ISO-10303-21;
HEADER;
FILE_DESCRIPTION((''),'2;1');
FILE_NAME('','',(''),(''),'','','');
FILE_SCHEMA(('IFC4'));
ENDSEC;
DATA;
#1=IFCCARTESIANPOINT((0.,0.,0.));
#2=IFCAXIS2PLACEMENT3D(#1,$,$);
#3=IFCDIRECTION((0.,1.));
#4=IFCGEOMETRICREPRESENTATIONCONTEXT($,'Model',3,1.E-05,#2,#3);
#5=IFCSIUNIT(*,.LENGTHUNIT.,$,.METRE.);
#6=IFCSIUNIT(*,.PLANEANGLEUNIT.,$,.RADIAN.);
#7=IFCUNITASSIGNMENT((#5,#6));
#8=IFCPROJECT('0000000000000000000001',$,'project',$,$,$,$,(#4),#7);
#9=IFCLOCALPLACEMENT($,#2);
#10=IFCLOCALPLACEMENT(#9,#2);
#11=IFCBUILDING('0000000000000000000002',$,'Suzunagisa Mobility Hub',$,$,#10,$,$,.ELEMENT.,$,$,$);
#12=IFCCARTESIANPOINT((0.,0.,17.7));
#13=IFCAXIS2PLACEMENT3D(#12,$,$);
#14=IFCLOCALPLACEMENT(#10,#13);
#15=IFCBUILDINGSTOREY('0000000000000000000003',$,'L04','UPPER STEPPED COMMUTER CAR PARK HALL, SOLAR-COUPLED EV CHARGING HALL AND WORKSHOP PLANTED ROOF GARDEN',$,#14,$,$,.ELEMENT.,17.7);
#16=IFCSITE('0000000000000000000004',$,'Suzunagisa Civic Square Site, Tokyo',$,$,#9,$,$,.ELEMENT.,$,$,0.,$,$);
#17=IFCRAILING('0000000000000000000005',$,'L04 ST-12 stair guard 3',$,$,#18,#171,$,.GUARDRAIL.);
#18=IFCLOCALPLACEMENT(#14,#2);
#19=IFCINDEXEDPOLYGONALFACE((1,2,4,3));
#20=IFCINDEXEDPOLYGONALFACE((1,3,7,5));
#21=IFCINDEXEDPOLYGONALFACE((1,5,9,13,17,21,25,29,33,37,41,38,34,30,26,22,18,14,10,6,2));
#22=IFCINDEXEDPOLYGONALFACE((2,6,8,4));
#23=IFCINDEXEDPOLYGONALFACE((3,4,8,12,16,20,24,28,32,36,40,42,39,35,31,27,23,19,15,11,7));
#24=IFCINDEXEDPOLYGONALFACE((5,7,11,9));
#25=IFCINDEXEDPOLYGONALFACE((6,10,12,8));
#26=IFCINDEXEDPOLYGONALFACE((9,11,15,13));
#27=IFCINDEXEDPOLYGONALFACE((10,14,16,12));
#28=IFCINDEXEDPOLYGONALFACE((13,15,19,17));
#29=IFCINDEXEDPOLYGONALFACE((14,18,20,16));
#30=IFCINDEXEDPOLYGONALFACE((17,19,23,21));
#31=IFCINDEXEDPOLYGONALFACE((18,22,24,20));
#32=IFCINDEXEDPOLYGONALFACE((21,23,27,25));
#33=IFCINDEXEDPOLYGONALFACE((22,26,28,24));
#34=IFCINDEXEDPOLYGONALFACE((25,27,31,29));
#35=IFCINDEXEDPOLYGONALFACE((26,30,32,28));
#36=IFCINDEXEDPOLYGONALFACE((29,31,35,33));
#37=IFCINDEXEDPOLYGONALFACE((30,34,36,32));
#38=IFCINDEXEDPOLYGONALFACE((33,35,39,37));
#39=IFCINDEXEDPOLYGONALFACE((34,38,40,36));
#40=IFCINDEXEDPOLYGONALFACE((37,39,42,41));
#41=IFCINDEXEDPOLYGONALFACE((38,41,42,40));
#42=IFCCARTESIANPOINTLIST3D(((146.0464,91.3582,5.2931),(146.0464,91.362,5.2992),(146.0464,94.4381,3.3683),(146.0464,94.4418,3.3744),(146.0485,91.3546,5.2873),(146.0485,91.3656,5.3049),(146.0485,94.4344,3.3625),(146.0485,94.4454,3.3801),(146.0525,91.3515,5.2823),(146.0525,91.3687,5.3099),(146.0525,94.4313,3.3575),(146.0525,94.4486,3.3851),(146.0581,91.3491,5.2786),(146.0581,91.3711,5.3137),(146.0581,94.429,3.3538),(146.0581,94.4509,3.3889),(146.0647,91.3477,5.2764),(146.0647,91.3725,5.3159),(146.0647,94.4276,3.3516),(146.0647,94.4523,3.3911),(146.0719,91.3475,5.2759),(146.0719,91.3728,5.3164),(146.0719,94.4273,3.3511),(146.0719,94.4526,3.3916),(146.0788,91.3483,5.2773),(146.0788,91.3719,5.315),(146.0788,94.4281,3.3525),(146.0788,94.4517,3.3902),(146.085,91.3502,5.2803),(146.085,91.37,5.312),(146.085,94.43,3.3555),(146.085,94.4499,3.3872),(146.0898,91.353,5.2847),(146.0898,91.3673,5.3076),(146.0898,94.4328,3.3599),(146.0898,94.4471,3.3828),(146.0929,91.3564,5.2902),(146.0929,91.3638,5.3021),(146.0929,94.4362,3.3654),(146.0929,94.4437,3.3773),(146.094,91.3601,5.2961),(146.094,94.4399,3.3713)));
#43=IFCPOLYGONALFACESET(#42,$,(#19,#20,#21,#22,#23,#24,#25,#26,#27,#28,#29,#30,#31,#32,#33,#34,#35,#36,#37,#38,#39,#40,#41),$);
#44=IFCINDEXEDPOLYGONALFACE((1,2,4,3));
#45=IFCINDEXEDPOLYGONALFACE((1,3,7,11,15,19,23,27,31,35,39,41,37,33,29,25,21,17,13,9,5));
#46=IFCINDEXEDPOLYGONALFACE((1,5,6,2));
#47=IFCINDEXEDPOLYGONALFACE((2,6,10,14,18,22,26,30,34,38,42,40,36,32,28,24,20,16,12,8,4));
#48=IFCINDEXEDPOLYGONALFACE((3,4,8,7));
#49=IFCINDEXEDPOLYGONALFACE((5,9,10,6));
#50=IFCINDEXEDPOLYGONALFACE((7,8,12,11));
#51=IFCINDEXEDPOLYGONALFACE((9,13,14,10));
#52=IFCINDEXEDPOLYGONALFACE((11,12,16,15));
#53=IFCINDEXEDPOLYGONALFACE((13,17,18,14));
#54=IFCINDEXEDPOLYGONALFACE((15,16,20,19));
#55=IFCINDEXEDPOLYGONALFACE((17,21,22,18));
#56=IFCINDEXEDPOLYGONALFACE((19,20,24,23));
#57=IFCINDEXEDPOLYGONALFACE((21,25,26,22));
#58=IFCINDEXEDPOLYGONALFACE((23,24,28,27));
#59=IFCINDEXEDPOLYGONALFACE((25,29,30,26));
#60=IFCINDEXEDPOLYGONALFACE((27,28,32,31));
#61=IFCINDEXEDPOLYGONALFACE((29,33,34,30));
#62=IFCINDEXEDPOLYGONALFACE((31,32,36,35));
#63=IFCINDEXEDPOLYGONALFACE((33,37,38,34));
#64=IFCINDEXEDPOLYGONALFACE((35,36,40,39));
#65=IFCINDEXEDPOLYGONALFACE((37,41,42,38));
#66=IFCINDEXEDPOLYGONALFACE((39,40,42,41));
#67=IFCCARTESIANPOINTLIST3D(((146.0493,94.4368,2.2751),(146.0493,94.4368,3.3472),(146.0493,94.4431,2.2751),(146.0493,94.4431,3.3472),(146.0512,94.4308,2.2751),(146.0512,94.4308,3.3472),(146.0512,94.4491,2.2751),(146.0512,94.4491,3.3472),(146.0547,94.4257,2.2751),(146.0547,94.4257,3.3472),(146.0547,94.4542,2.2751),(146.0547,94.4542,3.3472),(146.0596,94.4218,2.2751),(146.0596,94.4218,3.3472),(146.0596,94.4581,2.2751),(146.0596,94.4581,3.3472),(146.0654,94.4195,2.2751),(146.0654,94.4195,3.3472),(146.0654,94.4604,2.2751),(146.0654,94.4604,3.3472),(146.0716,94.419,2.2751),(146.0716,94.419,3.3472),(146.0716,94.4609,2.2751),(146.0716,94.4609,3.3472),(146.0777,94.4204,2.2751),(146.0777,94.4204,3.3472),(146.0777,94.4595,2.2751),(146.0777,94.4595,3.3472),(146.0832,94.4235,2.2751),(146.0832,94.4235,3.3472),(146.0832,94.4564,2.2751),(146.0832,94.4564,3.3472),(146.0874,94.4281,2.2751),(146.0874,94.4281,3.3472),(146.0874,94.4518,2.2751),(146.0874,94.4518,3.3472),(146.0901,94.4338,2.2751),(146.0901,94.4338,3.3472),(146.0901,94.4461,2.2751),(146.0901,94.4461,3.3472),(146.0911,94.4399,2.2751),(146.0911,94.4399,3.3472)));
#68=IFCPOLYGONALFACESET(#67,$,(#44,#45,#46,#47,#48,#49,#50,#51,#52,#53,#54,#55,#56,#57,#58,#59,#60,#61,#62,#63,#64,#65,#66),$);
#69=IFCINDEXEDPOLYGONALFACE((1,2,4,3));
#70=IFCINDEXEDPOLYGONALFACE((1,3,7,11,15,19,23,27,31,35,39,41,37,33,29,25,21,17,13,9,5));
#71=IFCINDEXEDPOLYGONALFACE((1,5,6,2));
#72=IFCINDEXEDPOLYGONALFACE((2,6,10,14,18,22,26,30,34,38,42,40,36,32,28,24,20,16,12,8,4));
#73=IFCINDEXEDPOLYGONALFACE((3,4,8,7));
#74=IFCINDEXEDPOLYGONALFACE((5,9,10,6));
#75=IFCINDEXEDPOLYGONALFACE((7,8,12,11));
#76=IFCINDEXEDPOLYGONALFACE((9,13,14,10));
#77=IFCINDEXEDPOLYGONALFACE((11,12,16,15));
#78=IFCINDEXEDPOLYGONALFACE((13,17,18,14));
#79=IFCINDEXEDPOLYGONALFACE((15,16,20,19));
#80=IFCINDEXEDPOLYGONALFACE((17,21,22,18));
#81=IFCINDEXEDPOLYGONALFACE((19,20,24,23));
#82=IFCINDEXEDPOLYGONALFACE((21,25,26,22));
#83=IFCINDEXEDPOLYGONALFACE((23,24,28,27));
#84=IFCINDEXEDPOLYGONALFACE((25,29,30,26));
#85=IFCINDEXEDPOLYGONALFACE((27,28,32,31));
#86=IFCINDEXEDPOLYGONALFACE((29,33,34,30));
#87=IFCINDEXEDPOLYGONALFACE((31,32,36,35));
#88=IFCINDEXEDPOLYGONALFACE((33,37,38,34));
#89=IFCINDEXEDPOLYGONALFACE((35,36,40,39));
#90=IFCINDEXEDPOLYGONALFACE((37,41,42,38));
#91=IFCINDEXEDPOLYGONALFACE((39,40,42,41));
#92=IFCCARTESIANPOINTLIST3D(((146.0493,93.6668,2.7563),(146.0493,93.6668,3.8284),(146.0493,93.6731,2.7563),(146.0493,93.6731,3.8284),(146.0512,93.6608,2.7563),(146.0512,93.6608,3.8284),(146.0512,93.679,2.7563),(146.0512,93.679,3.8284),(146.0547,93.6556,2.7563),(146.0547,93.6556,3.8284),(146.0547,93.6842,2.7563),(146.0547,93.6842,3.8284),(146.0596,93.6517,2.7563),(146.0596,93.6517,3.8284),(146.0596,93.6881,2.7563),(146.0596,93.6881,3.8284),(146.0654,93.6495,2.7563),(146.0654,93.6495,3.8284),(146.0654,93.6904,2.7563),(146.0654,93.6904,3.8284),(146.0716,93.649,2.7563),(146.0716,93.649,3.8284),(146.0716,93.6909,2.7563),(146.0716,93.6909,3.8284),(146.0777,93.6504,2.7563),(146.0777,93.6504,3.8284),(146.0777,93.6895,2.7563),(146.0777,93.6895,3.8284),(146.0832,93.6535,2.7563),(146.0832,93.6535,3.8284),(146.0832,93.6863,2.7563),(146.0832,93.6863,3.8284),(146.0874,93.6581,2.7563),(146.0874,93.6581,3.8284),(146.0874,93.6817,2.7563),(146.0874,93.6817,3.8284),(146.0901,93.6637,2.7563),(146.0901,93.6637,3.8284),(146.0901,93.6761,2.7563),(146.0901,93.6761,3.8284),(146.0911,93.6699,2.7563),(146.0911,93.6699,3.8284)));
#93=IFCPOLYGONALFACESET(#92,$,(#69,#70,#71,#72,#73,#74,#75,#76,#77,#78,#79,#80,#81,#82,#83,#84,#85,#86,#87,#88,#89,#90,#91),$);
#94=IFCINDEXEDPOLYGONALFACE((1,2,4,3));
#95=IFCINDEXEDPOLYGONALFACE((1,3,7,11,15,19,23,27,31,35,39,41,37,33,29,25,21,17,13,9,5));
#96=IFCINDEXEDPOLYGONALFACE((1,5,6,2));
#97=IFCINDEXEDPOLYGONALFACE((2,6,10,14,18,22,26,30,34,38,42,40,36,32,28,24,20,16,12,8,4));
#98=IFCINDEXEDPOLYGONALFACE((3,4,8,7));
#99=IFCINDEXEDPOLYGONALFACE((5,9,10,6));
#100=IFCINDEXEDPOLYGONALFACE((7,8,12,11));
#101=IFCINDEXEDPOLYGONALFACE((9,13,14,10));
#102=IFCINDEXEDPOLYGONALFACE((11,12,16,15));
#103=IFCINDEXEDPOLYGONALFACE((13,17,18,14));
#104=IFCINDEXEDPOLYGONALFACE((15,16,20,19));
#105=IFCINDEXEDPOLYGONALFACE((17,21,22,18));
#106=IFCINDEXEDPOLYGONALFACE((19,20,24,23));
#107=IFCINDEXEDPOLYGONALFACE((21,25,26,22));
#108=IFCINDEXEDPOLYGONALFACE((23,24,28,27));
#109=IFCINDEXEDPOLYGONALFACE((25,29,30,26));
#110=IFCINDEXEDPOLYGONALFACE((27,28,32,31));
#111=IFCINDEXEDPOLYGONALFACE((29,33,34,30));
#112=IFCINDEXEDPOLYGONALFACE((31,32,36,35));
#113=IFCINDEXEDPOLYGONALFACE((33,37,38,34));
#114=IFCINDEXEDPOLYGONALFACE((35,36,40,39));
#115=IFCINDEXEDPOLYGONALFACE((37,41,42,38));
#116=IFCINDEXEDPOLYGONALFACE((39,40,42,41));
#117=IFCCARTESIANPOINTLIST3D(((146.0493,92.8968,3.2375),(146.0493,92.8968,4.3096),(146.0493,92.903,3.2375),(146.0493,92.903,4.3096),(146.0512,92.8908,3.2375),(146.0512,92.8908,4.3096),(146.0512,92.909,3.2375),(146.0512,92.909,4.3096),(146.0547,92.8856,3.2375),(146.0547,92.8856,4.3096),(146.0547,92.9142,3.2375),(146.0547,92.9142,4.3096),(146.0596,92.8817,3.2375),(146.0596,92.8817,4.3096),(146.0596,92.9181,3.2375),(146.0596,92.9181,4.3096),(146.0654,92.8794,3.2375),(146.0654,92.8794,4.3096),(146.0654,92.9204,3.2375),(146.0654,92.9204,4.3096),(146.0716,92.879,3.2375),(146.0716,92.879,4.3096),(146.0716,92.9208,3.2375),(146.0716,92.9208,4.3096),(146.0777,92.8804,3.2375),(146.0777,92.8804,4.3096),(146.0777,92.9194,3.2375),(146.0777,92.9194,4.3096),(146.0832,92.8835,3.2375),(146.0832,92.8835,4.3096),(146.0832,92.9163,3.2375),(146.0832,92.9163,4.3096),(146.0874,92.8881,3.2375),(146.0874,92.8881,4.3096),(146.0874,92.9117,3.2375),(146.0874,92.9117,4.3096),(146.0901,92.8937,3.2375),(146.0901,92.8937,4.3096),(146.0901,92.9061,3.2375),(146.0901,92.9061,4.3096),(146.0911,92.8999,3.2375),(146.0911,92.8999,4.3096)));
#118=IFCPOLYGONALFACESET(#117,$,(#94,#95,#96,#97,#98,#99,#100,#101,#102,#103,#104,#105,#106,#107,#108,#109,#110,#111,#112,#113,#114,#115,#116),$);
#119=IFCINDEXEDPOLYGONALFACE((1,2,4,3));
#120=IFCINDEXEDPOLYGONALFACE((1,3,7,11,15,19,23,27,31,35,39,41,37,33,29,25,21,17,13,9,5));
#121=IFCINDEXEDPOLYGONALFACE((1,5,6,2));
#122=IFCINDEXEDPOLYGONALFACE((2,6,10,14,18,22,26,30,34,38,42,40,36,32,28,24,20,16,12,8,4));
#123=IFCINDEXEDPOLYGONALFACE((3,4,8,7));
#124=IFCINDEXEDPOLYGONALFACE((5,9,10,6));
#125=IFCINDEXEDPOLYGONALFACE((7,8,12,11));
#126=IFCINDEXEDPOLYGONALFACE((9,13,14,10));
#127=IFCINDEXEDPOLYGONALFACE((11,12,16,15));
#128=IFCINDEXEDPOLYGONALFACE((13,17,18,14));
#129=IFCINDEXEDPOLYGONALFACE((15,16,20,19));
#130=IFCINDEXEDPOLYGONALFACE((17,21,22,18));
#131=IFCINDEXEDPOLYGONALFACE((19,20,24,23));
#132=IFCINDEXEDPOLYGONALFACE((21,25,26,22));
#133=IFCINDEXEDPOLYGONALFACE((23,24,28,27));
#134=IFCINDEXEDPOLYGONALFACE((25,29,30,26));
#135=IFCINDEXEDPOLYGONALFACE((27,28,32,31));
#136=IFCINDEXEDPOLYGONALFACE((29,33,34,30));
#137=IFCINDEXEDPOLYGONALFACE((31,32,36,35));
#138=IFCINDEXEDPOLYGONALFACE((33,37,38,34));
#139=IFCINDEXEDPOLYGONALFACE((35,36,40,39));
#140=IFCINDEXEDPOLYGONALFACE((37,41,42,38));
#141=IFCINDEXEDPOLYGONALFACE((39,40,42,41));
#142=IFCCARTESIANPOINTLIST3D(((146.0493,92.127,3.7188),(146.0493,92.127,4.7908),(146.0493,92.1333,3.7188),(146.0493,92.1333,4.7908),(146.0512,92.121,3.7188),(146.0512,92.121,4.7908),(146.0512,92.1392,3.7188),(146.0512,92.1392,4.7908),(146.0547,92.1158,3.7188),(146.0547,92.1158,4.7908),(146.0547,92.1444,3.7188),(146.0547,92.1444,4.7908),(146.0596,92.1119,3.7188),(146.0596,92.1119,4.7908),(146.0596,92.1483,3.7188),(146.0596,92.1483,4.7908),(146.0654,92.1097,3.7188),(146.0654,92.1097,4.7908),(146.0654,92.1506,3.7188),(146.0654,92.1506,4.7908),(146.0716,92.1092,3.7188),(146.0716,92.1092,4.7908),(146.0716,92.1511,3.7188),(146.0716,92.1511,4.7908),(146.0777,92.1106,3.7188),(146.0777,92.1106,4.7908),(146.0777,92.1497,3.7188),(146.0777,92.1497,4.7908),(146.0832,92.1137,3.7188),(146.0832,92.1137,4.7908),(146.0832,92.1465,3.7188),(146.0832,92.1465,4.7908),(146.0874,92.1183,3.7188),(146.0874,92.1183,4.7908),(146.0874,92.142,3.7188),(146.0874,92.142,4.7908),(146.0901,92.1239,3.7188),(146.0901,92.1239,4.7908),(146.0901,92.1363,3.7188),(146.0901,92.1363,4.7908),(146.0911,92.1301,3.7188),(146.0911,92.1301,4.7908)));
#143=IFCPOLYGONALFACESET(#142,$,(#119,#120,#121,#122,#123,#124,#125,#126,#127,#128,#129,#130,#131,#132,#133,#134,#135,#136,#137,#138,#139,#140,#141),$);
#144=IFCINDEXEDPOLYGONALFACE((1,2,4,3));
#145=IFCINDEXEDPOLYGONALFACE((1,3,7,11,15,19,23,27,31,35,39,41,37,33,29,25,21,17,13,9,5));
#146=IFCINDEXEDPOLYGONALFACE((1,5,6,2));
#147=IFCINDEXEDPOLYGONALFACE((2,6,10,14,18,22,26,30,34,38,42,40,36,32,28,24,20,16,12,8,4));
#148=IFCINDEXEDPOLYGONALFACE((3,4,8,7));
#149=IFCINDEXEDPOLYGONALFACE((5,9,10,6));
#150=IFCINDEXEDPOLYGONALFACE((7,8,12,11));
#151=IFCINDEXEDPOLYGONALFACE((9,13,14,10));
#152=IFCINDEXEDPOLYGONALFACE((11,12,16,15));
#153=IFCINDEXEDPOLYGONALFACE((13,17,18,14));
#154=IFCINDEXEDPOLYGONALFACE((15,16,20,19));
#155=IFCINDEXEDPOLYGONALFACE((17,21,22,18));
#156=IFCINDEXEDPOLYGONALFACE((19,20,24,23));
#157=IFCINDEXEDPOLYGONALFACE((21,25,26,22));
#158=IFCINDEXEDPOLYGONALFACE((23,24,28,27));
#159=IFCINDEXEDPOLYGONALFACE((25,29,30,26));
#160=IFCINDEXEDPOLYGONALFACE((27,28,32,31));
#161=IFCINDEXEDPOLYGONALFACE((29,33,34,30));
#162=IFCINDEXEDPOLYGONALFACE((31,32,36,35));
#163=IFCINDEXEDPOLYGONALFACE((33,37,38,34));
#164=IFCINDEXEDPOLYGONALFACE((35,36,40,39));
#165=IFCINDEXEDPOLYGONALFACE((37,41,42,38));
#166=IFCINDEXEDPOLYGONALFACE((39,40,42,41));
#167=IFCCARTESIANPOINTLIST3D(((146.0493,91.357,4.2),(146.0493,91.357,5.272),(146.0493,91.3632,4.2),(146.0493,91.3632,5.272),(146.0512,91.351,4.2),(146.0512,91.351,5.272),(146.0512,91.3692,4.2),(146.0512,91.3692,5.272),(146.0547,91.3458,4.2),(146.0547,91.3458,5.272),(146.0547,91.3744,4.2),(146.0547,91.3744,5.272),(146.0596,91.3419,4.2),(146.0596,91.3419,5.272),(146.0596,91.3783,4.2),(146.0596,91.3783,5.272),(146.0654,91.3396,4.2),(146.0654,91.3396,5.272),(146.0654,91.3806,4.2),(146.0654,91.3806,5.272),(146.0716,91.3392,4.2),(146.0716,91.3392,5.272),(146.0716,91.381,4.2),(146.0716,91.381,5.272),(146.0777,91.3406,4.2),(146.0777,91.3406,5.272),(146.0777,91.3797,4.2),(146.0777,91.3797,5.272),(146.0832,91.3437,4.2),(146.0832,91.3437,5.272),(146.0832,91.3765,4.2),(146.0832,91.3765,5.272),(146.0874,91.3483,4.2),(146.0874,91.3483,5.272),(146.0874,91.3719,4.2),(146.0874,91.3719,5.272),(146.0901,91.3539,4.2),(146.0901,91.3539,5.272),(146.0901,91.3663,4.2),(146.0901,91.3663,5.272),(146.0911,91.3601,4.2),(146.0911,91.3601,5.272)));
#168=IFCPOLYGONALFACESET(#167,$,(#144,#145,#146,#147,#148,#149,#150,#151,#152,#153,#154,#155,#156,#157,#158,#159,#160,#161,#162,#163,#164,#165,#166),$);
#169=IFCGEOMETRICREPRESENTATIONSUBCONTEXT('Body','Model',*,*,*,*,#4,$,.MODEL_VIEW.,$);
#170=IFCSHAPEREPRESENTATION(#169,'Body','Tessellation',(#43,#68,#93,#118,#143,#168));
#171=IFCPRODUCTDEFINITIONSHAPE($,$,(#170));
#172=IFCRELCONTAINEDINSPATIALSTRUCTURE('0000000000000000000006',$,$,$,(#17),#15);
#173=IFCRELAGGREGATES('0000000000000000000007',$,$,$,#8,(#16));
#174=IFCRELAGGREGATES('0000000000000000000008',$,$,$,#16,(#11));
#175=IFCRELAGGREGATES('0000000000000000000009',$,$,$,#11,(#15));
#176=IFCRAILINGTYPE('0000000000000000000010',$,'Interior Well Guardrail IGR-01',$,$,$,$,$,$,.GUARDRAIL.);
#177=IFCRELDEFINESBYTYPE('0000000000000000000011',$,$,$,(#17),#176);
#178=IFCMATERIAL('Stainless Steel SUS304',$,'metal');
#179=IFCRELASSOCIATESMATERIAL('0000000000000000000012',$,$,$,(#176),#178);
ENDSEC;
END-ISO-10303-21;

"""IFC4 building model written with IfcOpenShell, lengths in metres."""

from ifc_helpers import new_model, si_unit, direction, frame, origin, origin_2d, place, context, subcontext, project, spatial, circle, extrude, material, type_object, element, save


model = new_model("IFC4")

# Units and contexts
model_context = context("Model", 3, precision=1e-05, world=origin(), true_north=direction((0.0, 1.0)))
body_context = subcontext(model_context, "Body", "Model", "MODEL_VIEW")
ifc_project = project(units=[si_unit("LENGTHUNIT", "METRE"), si_unit("PLANEANGLEUNIT", "RADIAN")], contexts=[model_context])

# Site, building, storey
site_placement = place(None, origin())
site = spatial("IfcSite", under=ifc_project, at=site_placement, Name="Suzunagisa Civic Square Site, Tokyo", CompositionType="ELEMENT", RefElevation=0.0)
building_placement = place(site_placement, origin())
building = spatial("IfcBuilding", under=site, at=building_placement, Name="Suzunagisa Mobility Hub", CompositionType="ELEMENT")
storey_placement = place(building_placement, frame((0.0, 0.0, 17.7)))
storey = spatial("IfcBuildingStorey", under=building, at=storey_placement, Name="L04", Description="UPPER STEPPED COMMUTER CAR PARK HALL, SOLAR-COUPLED EV CHARGING HALL AND WORKSHOP PLANTED ROOF GARDEN", CompositionType="ELEMENT", Elevation=17.7)

# Railing
ifc_material_1 = material(Name="Stainless Steel SUS304", Category="metal")
railing_type_1 = type_object("IfcRailingType", Name="Interior Well Guardrail IGR-01", PredefinedType="GUARDRAIL", material=ifc_material_1)
railing_1_placement = place(storey_placement, frame((146.0701, 94.4399, 2.2751)))
element("IfcRailing", 1, at=railing_1_placement, inside=storey, type_object=railing_type_1, Name="L04 ST-12 stair guard 3", PredefinedType="GUARDRAIL", context=body_context, shape_type="SweptSolid", body=[
    extrude(circle(Radius=0.0239, at=origin_2d()), frame((0.0, 0.0, 1.0962), z_axis=(0.0, -0.84801, 0.529981), x_axis=(1.0, 0.0, 0.0)), (0.0, 0.0, 1.0), 3.6318),
    extrude(circle(Radius=0.021, at=origin_2d()), origin(), (0.0, 0.0, 1.0), 1.072),
    extrude(circle(Radius=0.021, at=origin_2d()), frame((0.0, -0.77, 0.4812)), (0.0, 0.0, 1.0), 1.072),
    extrude(circle(Radius=0.021, at=origin_2d()), frame((0.0, -1.54, 0.9624)), (0.0, 0.0, 1.0), 1.072),
    extrude(circle(Radius=0.021, at=origin_2d()), frame((0.0, -2.3098, 1.4436)), (0.0, 0.0, 1.0), 1.072),
    extrude(circle(Radius=0.021, at=origin_2d()), frame((0.0, -3.0798, 1.9248)), (0.0, 0.0, 1.0), 1.072),
])

save(model, "model.ifc")
